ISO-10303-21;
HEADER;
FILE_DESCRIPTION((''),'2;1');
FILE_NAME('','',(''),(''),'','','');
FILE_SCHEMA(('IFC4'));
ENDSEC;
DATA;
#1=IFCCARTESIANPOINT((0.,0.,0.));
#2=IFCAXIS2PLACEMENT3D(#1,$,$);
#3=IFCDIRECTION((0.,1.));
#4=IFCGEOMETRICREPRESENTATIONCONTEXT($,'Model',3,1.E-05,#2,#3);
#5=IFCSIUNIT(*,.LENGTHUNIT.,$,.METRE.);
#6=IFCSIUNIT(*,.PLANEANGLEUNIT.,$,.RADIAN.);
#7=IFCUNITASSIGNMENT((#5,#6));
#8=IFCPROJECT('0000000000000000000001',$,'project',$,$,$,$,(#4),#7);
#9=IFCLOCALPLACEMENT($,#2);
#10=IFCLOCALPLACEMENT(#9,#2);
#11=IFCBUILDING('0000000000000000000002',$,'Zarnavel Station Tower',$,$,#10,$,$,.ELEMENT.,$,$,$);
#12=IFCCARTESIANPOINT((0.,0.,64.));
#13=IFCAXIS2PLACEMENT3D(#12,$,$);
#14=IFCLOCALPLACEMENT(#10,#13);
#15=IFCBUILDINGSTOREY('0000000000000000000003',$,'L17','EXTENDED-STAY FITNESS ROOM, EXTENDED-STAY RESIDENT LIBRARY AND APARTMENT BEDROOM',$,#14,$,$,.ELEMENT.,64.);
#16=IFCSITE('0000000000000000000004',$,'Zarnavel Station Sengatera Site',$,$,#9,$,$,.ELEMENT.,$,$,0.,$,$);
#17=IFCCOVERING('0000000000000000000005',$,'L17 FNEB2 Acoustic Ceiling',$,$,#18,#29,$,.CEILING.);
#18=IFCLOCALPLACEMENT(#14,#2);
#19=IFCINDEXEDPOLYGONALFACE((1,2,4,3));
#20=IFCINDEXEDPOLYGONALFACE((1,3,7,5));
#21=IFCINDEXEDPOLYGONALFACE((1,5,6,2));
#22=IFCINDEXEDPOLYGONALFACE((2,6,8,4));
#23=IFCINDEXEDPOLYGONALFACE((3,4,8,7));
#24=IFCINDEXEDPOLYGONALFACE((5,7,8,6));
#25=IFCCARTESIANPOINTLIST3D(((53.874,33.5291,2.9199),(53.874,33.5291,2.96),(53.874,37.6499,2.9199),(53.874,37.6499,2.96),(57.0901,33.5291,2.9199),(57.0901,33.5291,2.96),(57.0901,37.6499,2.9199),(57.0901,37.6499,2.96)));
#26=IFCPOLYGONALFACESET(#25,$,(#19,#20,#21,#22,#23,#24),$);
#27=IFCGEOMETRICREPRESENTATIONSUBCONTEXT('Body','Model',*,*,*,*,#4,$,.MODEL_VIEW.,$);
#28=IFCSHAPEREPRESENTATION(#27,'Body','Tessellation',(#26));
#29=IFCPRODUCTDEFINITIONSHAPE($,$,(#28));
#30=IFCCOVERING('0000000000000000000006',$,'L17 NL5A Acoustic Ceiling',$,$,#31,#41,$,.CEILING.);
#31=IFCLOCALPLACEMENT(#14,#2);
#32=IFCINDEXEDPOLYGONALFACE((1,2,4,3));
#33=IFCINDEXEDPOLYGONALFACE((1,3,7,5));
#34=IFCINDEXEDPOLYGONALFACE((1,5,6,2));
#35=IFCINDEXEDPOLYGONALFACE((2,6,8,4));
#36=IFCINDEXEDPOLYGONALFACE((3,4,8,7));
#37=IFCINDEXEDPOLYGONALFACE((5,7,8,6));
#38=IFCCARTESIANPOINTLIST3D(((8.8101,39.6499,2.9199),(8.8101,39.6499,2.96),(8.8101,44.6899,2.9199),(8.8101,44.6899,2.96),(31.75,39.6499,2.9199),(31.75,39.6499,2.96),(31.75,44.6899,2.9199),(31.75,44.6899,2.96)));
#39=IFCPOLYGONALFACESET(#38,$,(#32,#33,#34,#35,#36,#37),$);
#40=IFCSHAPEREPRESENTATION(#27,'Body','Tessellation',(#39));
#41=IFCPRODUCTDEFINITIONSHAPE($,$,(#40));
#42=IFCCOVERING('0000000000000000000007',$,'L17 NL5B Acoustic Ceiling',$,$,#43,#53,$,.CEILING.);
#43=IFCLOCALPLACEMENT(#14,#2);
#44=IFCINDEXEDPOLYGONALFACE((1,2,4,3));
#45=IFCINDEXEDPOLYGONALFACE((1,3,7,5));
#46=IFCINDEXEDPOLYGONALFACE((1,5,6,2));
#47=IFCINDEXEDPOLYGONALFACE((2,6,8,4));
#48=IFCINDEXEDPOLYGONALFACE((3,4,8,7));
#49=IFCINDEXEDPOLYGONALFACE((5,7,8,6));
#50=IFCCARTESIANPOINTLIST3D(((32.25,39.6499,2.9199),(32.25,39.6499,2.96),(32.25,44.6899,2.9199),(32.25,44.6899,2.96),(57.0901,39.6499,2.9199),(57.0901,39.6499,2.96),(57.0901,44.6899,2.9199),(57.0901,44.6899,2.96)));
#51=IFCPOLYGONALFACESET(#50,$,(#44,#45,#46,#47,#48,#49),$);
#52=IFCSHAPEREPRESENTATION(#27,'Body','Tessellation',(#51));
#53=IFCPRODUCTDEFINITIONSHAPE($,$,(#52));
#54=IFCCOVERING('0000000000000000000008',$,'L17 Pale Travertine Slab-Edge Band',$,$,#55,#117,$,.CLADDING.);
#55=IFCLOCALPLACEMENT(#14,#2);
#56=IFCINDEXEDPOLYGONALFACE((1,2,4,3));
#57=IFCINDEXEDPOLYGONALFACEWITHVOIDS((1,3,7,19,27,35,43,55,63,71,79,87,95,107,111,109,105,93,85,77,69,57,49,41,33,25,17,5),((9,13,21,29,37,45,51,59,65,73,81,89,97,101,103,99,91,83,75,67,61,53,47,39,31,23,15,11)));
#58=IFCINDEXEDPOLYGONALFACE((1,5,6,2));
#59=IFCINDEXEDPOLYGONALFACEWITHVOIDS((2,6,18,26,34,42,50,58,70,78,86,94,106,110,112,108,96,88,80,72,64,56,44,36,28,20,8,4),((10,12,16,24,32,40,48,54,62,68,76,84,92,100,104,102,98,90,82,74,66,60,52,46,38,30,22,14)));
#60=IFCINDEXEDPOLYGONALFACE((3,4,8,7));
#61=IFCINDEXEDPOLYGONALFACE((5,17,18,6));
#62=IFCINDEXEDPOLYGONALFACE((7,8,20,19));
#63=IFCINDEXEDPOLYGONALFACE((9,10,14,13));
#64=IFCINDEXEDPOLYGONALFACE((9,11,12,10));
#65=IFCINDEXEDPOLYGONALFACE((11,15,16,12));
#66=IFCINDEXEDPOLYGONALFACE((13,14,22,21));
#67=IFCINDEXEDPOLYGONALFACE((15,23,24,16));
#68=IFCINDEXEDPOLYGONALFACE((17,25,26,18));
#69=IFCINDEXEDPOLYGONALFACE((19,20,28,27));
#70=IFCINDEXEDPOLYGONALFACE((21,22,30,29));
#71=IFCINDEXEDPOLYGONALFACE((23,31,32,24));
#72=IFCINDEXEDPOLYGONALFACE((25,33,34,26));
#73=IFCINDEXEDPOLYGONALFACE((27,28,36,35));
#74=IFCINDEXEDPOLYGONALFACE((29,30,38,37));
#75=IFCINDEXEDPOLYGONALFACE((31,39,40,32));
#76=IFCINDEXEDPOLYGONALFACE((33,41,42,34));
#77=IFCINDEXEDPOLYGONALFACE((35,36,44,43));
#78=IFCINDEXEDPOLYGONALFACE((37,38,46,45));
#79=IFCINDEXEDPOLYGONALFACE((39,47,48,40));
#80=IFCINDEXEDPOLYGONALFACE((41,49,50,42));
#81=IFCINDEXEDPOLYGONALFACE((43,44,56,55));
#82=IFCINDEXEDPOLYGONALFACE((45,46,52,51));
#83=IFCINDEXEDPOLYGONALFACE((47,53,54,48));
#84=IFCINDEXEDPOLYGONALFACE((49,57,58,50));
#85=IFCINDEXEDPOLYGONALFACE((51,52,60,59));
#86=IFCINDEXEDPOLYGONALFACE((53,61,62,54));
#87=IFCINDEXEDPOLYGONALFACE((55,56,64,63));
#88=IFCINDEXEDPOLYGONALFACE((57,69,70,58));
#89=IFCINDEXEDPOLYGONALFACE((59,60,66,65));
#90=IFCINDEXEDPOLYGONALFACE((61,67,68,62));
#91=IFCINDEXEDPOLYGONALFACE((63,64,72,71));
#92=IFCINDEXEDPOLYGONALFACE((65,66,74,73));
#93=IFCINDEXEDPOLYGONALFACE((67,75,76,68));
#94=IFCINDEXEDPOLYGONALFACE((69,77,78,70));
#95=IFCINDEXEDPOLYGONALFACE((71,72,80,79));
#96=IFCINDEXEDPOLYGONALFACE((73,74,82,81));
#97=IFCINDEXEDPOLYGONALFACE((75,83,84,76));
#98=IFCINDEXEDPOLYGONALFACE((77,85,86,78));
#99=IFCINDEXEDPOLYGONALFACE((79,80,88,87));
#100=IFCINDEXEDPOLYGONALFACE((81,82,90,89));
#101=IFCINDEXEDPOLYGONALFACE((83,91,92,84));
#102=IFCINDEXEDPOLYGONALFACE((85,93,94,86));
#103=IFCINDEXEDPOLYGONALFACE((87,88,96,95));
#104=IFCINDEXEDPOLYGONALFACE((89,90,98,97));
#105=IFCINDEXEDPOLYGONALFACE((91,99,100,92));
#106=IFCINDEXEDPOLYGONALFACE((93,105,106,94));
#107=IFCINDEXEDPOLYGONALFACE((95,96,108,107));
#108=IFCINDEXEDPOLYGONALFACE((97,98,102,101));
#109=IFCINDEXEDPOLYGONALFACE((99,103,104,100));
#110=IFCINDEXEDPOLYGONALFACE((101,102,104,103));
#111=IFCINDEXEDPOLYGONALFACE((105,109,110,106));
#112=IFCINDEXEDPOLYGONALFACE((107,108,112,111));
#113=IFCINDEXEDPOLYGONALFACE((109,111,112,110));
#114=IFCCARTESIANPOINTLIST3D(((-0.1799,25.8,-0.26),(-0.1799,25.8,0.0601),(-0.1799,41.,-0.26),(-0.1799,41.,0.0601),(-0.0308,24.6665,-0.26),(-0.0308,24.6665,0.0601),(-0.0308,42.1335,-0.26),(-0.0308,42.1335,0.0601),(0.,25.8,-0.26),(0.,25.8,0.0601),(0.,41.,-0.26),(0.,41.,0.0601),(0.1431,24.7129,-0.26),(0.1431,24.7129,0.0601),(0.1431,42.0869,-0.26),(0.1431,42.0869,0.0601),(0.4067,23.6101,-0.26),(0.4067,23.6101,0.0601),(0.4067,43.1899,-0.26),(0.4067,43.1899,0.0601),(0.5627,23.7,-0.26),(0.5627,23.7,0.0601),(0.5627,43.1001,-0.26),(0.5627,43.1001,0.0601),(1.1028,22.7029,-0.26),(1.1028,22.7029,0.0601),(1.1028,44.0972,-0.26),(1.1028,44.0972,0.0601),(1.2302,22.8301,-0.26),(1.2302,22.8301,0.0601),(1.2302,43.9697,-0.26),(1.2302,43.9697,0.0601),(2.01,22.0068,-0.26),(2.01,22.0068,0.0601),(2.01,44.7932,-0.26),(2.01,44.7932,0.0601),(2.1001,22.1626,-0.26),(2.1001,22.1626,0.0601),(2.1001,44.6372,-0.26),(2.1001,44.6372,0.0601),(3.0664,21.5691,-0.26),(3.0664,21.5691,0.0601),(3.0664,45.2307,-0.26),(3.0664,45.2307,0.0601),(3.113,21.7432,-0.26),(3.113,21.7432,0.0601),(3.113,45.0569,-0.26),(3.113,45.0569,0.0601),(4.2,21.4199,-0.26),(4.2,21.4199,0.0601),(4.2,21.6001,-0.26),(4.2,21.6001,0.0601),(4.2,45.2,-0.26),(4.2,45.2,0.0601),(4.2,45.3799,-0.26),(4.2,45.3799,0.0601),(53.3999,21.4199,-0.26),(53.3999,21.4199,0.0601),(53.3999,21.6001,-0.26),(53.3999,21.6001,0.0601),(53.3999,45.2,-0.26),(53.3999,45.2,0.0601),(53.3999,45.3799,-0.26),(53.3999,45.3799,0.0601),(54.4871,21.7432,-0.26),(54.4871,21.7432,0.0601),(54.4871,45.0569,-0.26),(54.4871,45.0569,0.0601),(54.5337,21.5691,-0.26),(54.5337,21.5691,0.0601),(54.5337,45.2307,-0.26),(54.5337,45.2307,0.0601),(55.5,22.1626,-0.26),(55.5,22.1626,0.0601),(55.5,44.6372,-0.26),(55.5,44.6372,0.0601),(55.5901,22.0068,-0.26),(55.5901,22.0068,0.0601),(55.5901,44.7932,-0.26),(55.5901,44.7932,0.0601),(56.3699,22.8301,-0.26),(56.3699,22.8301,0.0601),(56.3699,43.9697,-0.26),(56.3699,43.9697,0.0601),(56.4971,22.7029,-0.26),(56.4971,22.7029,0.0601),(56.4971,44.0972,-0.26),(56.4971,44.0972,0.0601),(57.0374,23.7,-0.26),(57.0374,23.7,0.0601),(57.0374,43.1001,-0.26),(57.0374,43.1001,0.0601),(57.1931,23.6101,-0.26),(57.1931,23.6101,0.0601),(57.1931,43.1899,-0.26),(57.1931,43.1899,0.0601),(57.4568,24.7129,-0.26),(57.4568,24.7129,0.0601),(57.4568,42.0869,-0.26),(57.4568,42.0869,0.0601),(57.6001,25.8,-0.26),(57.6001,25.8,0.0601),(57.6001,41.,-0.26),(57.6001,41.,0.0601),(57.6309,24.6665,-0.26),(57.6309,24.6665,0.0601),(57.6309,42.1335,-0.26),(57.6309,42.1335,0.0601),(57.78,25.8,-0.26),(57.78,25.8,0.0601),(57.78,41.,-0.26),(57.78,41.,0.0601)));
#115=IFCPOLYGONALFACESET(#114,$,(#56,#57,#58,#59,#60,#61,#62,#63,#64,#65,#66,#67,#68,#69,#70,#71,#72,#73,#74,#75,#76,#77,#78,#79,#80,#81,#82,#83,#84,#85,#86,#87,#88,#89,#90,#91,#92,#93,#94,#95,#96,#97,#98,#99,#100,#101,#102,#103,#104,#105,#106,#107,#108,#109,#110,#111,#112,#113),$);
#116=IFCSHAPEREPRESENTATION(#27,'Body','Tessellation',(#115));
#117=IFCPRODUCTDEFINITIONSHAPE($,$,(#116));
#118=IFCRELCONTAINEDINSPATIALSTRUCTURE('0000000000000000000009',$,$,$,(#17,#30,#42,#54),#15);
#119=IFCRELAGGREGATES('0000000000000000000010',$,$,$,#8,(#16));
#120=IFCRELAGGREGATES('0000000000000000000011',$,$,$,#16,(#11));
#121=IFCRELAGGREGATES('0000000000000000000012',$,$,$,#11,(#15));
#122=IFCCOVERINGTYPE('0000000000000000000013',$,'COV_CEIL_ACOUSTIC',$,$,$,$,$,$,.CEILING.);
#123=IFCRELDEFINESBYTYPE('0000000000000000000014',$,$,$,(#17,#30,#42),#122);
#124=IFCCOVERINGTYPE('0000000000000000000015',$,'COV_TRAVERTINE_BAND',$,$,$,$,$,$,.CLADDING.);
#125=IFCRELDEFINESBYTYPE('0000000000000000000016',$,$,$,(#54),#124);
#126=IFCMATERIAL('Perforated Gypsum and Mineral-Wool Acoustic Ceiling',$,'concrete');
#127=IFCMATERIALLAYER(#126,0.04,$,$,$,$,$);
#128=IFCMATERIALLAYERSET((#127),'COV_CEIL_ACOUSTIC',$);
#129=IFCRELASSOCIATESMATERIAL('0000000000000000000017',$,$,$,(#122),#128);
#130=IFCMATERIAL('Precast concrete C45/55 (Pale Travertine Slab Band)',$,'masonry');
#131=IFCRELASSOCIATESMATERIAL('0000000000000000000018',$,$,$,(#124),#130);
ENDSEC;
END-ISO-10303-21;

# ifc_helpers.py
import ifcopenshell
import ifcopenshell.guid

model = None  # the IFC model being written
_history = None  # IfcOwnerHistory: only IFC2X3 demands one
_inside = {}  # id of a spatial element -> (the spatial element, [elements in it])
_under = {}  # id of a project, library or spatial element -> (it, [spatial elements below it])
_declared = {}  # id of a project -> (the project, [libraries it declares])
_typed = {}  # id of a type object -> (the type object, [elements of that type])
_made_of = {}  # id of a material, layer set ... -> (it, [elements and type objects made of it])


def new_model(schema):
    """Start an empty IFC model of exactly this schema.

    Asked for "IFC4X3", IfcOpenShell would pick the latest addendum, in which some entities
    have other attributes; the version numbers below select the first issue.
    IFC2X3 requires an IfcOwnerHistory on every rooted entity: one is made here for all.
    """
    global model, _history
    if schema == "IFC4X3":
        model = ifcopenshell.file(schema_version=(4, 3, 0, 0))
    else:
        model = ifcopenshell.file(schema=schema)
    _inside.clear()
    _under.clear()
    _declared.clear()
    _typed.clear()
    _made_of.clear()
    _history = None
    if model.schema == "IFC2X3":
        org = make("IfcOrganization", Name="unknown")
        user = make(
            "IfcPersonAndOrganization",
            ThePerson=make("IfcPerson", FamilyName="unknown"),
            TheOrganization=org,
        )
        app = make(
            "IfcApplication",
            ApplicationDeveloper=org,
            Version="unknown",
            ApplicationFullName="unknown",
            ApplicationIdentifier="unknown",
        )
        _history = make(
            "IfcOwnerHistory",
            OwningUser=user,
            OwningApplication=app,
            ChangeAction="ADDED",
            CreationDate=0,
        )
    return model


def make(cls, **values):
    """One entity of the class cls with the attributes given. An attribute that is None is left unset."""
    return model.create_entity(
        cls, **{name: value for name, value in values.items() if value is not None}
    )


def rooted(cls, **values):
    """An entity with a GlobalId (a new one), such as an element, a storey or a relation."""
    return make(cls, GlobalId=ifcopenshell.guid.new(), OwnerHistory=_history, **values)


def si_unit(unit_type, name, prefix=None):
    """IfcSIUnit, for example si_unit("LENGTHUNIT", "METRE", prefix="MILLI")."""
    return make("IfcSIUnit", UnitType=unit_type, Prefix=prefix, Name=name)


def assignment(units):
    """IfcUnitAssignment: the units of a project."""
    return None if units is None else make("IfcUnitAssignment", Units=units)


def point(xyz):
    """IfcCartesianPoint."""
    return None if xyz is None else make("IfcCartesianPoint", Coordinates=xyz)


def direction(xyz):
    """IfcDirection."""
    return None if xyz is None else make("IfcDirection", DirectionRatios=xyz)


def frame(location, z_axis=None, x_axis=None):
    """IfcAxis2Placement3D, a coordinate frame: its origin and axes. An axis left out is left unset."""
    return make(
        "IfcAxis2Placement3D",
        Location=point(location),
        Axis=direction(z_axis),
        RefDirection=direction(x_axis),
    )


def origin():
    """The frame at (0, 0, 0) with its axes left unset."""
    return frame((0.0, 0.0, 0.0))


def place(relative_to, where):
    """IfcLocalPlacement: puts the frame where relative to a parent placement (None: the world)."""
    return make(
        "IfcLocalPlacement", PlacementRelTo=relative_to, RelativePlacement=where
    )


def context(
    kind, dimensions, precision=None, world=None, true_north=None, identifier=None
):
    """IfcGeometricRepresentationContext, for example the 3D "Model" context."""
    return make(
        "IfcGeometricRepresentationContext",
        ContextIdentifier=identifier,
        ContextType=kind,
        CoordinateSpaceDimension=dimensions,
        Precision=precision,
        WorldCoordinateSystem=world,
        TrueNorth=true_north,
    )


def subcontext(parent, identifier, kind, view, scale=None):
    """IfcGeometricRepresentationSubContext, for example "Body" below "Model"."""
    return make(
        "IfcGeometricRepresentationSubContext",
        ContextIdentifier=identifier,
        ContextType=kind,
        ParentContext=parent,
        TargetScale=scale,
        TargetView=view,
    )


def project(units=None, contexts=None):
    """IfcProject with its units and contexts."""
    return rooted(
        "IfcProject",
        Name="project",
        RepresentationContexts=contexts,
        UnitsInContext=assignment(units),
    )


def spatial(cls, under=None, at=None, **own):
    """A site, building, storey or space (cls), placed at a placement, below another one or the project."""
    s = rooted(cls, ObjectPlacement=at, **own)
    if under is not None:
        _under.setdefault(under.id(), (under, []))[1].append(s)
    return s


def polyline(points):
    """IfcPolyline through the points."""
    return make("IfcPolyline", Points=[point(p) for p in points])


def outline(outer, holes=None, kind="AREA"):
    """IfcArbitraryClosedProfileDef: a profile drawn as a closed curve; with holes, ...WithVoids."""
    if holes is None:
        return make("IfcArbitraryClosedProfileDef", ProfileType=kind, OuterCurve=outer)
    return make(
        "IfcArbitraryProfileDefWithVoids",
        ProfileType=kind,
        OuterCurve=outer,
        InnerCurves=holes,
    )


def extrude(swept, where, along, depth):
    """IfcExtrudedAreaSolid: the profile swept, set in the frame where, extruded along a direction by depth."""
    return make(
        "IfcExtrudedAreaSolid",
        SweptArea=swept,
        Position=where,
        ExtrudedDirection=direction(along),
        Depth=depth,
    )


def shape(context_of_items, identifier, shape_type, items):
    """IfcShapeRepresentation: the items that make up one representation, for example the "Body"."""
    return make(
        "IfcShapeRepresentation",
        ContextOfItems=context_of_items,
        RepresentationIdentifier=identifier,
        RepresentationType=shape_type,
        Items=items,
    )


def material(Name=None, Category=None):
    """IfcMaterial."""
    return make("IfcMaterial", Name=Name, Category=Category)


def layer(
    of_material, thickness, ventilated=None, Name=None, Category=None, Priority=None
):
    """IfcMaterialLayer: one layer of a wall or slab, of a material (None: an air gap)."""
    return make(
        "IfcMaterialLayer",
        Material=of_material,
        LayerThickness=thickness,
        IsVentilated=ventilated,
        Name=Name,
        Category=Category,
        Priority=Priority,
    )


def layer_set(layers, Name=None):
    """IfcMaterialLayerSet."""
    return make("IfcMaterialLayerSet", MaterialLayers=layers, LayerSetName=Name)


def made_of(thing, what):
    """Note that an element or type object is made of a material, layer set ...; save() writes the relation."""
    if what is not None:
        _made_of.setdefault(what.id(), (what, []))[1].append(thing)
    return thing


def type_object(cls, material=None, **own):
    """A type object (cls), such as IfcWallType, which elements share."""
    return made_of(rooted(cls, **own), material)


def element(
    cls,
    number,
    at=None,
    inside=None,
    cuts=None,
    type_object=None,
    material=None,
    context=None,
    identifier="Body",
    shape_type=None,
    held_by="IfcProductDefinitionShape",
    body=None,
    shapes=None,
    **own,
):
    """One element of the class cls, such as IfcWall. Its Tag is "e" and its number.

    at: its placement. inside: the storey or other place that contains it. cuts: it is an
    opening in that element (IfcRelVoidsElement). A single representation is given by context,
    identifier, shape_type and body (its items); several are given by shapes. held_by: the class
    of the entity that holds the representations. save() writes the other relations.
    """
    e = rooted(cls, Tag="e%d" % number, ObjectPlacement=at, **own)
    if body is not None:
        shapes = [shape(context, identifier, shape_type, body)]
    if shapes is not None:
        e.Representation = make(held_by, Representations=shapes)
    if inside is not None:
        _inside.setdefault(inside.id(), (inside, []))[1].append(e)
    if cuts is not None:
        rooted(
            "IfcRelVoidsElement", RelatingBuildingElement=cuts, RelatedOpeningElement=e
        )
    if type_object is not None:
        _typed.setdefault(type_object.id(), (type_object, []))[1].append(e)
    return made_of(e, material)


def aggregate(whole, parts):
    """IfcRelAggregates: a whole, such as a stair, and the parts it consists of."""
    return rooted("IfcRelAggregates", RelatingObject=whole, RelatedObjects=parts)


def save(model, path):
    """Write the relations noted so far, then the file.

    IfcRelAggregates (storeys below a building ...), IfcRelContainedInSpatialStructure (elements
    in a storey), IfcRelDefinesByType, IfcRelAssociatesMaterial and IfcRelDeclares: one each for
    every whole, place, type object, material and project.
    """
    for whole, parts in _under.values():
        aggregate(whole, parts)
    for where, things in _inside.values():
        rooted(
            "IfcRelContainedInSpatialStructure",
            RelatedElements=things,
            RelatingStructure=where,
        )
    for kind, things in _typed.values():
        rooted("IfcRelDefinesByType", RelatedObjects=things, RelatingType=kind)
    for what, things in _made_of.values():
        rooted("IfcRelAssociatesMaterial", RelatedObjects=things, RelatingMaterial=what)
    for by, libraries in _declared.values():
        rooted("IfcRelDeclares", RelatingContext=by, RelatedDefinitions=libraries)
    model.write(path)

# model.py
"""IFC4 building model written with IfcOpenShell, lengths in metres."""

from ifc_helpers import new_model, si_unit, direction, frame, origin, place, context, subcontext, project, spatial, polyline, outline, extrude, material, layer, layer_set, type_object, element, save


model = new_model("IFC4")

# Units and contexts
model_context = context("Model", 3, precision=1e-05, world=origin(), true_north=direction((0.0, 1.0)))
body_context = subcontext(model_context, "Body", "Model", "MODEL_VIEW")
ifc_project = project(units=[si_unit("LENGTHUNIT", "METRE"), si_unit("PLANEANGLEUNIT", "RADIAN")], contexts=[model_context])

# Site, building, storey
site_placement = place(None, origin())
site = spatial("IfcSite", under=ifc_project, at=site_placement, Name="Zarnavel Station Sengatera Site", CompositionType="ELEMENT", RefElevation=0.0)
building_placement = place(site_placement, origin())
building = spatial("IfcBuilding", under=site, at=building_placement, Name="Zarnavel Station Tower", CompositionType="ELEMENT")
storey_placement = place(building_placement, frame((0.0, 0.0, 64.0)))
storey = spatial("IfcBuildingStorey", under=building, at=storey_placement, Name="L17", Description="EXTENDED-STAY FITNESS ROOM, EXTENDED-STAY RESIDENT LIBRARY AND APARTMENT BEDROOM", CompositionType="ELEMENT", Elevation=64.0)

# Coverings
ifc_material_1 = material(Name="Perforated Gypsum and Mineral-Wool Acoustic Ceiling", Category="concrete")
ifc_layer_1 = layer(ifc_material_1, 0.04)
ifc_layer_set_1 = layer_set([ifc_layer_1], Name="COV_CEIL_ACOUSTIC")
covering_type_1 = type_object("IfcCoveringType", Name="COV_CEIL_ACOUSTIC", PredefinedType="CEILING", material=ifc_layer_set_1)
covering_1_placement = place(storey_placement, frame((0.0, 0.0, 2.9199)))
element("IfcCovering", 1, at=covering_1_placement, inside=storey, type_object=covering_type_1, Name="L17 FNEB2 Acoustic Ceiling", PredefinedType="CEILING", context=body_context, shape_type="SweptSolid", body=[
    extrude(outline(polyline([(53.874, 33.5291), (57.0901, 33.5291), (57.0901, 37.6499), (53.874, 37.6499), (53.874, 33.5291)])), origin(), (0.0, 0.0, 1.0), 0.04),
])
covering_2_placement = place(storey_placement, frame((0.0, 0.0, 2.9199)))
element("IfcCovering", 2, at=covering_2_placement, inside=storey, type_object=covering_type_1, Name="L17 NL5A Acoustic Ceiling", PredefinedType="CEILING", context=body_context, shape_type="SweptSolid", body=[
    extrude(outline(polyline([(8.8101, 39.6499), (31.75, 39.6499), (31.75, 44.6899), (8.8101, 44.6899), (8.8101, 39.6499)])), origin(), (0.0, 0.0, 1.0), 0.04),
])
covering_3_placement = place(storey_placement, frame((0.0, 0.0, 2.9199)))
element("IfcCovering", 3, at=covering_3_placement, inside=storey, type_object=covering_type_1, Name="L17 NL5B Acoustic Ceiling", PredefinedType="CEILING", context=body_context, shape_type="SweptSolid", body=[
    extrude(outline(polyline([(32.25, 39.6499), (57.0901, 39.6499), (57.0901, 44.6899), (32.25, 44.6899), (32.25, 39.6499)])), origin(), (0.0, 0.0, 1.0), 0.04),
])
ifc_material_2 = material(Name="Precast concrete C45/55 (Pale Travertine Slab Band)", Category="masonry")
covering_type_2 = type_object("IfcCoveringType", Name="COV_TRAVERTINE_BAND", PredefinedType="CLADDING", material=ifc_material_2)
covering_4_placement = place(storey_placement, frame((0.0, 0.0, -0.26)))
element("IfcCovering", 4, at=covering_4_placement, inside=storey, type_object=covering_type_2, Name="L17 Pale Travertine Slab-Edge Band", PredefinedType="CLADDING", context=body_context, shape_type="SweptSolid", body=[
    extrude(outline(polyline([(53.3999, 21.4199), (54.5337, 21.5691), (55.5901, 22.0068), (56.4971, 22.7029), (57.1931, 23.6101), (57.6309, 24.6665), (57.78, 25.8), (57.78, 41.0), (57.6309, 42.1335), (57.1931, 43.1899), (56.4971, 44.0972), (55.5901, 44.7932), (54.5337, 45.2307), (53.3999, 45.3799), (4.2, 45.3799), (3.0664, 45.2307), (2.01, 44.7932), (1.1028, 44.0972), (0.4067, 43.1899), (-0.0308, 42.1335), (-0.1799, 41.0), (-0.1799, 25.8), (-0.0308, 24.6665), (0.4067, 23.6101), (1.1028, 22.7029), (2.01, 22.0068), (3.0664, 21.5691), (4.2, 21.4199), (53.3999, 21.4199)]), holes=[polyline([(53.3999, 21.6001), (54.4871, 21.7432), (55.5, 22.1626), (56.3699, 22.8301), (57.0374, 23.7), (57.4568, 24.7129), (57.6001, 25.8), (57.6001, 41.0), (57.4568, 42.0869), (57.0374, 43.1001), (56.3699, 43.9697), (55.5, 44.6372), (54.4871, 45.0569), (53.3999, 45.2), (4.2, 45.2), (3.113, 45.0569), (2.1001, 44.6372), (1.2302, 43.9697), (0.5627, 43.1001), (0.1431, 42.0869), (0.0, 41.0), (0.0, 25.8), (0.1431, 24.7129), (0.5627, 23.7), (1.2302, 22.8301), (2.1001, 22.1626), (3.113, 21.7432), (4.2, 21.6001), (53.3999, 21.6001)])]), origin(), (0.0, 0.0, 1.0), 0.3201),
])

save(model, "model.ifc")
